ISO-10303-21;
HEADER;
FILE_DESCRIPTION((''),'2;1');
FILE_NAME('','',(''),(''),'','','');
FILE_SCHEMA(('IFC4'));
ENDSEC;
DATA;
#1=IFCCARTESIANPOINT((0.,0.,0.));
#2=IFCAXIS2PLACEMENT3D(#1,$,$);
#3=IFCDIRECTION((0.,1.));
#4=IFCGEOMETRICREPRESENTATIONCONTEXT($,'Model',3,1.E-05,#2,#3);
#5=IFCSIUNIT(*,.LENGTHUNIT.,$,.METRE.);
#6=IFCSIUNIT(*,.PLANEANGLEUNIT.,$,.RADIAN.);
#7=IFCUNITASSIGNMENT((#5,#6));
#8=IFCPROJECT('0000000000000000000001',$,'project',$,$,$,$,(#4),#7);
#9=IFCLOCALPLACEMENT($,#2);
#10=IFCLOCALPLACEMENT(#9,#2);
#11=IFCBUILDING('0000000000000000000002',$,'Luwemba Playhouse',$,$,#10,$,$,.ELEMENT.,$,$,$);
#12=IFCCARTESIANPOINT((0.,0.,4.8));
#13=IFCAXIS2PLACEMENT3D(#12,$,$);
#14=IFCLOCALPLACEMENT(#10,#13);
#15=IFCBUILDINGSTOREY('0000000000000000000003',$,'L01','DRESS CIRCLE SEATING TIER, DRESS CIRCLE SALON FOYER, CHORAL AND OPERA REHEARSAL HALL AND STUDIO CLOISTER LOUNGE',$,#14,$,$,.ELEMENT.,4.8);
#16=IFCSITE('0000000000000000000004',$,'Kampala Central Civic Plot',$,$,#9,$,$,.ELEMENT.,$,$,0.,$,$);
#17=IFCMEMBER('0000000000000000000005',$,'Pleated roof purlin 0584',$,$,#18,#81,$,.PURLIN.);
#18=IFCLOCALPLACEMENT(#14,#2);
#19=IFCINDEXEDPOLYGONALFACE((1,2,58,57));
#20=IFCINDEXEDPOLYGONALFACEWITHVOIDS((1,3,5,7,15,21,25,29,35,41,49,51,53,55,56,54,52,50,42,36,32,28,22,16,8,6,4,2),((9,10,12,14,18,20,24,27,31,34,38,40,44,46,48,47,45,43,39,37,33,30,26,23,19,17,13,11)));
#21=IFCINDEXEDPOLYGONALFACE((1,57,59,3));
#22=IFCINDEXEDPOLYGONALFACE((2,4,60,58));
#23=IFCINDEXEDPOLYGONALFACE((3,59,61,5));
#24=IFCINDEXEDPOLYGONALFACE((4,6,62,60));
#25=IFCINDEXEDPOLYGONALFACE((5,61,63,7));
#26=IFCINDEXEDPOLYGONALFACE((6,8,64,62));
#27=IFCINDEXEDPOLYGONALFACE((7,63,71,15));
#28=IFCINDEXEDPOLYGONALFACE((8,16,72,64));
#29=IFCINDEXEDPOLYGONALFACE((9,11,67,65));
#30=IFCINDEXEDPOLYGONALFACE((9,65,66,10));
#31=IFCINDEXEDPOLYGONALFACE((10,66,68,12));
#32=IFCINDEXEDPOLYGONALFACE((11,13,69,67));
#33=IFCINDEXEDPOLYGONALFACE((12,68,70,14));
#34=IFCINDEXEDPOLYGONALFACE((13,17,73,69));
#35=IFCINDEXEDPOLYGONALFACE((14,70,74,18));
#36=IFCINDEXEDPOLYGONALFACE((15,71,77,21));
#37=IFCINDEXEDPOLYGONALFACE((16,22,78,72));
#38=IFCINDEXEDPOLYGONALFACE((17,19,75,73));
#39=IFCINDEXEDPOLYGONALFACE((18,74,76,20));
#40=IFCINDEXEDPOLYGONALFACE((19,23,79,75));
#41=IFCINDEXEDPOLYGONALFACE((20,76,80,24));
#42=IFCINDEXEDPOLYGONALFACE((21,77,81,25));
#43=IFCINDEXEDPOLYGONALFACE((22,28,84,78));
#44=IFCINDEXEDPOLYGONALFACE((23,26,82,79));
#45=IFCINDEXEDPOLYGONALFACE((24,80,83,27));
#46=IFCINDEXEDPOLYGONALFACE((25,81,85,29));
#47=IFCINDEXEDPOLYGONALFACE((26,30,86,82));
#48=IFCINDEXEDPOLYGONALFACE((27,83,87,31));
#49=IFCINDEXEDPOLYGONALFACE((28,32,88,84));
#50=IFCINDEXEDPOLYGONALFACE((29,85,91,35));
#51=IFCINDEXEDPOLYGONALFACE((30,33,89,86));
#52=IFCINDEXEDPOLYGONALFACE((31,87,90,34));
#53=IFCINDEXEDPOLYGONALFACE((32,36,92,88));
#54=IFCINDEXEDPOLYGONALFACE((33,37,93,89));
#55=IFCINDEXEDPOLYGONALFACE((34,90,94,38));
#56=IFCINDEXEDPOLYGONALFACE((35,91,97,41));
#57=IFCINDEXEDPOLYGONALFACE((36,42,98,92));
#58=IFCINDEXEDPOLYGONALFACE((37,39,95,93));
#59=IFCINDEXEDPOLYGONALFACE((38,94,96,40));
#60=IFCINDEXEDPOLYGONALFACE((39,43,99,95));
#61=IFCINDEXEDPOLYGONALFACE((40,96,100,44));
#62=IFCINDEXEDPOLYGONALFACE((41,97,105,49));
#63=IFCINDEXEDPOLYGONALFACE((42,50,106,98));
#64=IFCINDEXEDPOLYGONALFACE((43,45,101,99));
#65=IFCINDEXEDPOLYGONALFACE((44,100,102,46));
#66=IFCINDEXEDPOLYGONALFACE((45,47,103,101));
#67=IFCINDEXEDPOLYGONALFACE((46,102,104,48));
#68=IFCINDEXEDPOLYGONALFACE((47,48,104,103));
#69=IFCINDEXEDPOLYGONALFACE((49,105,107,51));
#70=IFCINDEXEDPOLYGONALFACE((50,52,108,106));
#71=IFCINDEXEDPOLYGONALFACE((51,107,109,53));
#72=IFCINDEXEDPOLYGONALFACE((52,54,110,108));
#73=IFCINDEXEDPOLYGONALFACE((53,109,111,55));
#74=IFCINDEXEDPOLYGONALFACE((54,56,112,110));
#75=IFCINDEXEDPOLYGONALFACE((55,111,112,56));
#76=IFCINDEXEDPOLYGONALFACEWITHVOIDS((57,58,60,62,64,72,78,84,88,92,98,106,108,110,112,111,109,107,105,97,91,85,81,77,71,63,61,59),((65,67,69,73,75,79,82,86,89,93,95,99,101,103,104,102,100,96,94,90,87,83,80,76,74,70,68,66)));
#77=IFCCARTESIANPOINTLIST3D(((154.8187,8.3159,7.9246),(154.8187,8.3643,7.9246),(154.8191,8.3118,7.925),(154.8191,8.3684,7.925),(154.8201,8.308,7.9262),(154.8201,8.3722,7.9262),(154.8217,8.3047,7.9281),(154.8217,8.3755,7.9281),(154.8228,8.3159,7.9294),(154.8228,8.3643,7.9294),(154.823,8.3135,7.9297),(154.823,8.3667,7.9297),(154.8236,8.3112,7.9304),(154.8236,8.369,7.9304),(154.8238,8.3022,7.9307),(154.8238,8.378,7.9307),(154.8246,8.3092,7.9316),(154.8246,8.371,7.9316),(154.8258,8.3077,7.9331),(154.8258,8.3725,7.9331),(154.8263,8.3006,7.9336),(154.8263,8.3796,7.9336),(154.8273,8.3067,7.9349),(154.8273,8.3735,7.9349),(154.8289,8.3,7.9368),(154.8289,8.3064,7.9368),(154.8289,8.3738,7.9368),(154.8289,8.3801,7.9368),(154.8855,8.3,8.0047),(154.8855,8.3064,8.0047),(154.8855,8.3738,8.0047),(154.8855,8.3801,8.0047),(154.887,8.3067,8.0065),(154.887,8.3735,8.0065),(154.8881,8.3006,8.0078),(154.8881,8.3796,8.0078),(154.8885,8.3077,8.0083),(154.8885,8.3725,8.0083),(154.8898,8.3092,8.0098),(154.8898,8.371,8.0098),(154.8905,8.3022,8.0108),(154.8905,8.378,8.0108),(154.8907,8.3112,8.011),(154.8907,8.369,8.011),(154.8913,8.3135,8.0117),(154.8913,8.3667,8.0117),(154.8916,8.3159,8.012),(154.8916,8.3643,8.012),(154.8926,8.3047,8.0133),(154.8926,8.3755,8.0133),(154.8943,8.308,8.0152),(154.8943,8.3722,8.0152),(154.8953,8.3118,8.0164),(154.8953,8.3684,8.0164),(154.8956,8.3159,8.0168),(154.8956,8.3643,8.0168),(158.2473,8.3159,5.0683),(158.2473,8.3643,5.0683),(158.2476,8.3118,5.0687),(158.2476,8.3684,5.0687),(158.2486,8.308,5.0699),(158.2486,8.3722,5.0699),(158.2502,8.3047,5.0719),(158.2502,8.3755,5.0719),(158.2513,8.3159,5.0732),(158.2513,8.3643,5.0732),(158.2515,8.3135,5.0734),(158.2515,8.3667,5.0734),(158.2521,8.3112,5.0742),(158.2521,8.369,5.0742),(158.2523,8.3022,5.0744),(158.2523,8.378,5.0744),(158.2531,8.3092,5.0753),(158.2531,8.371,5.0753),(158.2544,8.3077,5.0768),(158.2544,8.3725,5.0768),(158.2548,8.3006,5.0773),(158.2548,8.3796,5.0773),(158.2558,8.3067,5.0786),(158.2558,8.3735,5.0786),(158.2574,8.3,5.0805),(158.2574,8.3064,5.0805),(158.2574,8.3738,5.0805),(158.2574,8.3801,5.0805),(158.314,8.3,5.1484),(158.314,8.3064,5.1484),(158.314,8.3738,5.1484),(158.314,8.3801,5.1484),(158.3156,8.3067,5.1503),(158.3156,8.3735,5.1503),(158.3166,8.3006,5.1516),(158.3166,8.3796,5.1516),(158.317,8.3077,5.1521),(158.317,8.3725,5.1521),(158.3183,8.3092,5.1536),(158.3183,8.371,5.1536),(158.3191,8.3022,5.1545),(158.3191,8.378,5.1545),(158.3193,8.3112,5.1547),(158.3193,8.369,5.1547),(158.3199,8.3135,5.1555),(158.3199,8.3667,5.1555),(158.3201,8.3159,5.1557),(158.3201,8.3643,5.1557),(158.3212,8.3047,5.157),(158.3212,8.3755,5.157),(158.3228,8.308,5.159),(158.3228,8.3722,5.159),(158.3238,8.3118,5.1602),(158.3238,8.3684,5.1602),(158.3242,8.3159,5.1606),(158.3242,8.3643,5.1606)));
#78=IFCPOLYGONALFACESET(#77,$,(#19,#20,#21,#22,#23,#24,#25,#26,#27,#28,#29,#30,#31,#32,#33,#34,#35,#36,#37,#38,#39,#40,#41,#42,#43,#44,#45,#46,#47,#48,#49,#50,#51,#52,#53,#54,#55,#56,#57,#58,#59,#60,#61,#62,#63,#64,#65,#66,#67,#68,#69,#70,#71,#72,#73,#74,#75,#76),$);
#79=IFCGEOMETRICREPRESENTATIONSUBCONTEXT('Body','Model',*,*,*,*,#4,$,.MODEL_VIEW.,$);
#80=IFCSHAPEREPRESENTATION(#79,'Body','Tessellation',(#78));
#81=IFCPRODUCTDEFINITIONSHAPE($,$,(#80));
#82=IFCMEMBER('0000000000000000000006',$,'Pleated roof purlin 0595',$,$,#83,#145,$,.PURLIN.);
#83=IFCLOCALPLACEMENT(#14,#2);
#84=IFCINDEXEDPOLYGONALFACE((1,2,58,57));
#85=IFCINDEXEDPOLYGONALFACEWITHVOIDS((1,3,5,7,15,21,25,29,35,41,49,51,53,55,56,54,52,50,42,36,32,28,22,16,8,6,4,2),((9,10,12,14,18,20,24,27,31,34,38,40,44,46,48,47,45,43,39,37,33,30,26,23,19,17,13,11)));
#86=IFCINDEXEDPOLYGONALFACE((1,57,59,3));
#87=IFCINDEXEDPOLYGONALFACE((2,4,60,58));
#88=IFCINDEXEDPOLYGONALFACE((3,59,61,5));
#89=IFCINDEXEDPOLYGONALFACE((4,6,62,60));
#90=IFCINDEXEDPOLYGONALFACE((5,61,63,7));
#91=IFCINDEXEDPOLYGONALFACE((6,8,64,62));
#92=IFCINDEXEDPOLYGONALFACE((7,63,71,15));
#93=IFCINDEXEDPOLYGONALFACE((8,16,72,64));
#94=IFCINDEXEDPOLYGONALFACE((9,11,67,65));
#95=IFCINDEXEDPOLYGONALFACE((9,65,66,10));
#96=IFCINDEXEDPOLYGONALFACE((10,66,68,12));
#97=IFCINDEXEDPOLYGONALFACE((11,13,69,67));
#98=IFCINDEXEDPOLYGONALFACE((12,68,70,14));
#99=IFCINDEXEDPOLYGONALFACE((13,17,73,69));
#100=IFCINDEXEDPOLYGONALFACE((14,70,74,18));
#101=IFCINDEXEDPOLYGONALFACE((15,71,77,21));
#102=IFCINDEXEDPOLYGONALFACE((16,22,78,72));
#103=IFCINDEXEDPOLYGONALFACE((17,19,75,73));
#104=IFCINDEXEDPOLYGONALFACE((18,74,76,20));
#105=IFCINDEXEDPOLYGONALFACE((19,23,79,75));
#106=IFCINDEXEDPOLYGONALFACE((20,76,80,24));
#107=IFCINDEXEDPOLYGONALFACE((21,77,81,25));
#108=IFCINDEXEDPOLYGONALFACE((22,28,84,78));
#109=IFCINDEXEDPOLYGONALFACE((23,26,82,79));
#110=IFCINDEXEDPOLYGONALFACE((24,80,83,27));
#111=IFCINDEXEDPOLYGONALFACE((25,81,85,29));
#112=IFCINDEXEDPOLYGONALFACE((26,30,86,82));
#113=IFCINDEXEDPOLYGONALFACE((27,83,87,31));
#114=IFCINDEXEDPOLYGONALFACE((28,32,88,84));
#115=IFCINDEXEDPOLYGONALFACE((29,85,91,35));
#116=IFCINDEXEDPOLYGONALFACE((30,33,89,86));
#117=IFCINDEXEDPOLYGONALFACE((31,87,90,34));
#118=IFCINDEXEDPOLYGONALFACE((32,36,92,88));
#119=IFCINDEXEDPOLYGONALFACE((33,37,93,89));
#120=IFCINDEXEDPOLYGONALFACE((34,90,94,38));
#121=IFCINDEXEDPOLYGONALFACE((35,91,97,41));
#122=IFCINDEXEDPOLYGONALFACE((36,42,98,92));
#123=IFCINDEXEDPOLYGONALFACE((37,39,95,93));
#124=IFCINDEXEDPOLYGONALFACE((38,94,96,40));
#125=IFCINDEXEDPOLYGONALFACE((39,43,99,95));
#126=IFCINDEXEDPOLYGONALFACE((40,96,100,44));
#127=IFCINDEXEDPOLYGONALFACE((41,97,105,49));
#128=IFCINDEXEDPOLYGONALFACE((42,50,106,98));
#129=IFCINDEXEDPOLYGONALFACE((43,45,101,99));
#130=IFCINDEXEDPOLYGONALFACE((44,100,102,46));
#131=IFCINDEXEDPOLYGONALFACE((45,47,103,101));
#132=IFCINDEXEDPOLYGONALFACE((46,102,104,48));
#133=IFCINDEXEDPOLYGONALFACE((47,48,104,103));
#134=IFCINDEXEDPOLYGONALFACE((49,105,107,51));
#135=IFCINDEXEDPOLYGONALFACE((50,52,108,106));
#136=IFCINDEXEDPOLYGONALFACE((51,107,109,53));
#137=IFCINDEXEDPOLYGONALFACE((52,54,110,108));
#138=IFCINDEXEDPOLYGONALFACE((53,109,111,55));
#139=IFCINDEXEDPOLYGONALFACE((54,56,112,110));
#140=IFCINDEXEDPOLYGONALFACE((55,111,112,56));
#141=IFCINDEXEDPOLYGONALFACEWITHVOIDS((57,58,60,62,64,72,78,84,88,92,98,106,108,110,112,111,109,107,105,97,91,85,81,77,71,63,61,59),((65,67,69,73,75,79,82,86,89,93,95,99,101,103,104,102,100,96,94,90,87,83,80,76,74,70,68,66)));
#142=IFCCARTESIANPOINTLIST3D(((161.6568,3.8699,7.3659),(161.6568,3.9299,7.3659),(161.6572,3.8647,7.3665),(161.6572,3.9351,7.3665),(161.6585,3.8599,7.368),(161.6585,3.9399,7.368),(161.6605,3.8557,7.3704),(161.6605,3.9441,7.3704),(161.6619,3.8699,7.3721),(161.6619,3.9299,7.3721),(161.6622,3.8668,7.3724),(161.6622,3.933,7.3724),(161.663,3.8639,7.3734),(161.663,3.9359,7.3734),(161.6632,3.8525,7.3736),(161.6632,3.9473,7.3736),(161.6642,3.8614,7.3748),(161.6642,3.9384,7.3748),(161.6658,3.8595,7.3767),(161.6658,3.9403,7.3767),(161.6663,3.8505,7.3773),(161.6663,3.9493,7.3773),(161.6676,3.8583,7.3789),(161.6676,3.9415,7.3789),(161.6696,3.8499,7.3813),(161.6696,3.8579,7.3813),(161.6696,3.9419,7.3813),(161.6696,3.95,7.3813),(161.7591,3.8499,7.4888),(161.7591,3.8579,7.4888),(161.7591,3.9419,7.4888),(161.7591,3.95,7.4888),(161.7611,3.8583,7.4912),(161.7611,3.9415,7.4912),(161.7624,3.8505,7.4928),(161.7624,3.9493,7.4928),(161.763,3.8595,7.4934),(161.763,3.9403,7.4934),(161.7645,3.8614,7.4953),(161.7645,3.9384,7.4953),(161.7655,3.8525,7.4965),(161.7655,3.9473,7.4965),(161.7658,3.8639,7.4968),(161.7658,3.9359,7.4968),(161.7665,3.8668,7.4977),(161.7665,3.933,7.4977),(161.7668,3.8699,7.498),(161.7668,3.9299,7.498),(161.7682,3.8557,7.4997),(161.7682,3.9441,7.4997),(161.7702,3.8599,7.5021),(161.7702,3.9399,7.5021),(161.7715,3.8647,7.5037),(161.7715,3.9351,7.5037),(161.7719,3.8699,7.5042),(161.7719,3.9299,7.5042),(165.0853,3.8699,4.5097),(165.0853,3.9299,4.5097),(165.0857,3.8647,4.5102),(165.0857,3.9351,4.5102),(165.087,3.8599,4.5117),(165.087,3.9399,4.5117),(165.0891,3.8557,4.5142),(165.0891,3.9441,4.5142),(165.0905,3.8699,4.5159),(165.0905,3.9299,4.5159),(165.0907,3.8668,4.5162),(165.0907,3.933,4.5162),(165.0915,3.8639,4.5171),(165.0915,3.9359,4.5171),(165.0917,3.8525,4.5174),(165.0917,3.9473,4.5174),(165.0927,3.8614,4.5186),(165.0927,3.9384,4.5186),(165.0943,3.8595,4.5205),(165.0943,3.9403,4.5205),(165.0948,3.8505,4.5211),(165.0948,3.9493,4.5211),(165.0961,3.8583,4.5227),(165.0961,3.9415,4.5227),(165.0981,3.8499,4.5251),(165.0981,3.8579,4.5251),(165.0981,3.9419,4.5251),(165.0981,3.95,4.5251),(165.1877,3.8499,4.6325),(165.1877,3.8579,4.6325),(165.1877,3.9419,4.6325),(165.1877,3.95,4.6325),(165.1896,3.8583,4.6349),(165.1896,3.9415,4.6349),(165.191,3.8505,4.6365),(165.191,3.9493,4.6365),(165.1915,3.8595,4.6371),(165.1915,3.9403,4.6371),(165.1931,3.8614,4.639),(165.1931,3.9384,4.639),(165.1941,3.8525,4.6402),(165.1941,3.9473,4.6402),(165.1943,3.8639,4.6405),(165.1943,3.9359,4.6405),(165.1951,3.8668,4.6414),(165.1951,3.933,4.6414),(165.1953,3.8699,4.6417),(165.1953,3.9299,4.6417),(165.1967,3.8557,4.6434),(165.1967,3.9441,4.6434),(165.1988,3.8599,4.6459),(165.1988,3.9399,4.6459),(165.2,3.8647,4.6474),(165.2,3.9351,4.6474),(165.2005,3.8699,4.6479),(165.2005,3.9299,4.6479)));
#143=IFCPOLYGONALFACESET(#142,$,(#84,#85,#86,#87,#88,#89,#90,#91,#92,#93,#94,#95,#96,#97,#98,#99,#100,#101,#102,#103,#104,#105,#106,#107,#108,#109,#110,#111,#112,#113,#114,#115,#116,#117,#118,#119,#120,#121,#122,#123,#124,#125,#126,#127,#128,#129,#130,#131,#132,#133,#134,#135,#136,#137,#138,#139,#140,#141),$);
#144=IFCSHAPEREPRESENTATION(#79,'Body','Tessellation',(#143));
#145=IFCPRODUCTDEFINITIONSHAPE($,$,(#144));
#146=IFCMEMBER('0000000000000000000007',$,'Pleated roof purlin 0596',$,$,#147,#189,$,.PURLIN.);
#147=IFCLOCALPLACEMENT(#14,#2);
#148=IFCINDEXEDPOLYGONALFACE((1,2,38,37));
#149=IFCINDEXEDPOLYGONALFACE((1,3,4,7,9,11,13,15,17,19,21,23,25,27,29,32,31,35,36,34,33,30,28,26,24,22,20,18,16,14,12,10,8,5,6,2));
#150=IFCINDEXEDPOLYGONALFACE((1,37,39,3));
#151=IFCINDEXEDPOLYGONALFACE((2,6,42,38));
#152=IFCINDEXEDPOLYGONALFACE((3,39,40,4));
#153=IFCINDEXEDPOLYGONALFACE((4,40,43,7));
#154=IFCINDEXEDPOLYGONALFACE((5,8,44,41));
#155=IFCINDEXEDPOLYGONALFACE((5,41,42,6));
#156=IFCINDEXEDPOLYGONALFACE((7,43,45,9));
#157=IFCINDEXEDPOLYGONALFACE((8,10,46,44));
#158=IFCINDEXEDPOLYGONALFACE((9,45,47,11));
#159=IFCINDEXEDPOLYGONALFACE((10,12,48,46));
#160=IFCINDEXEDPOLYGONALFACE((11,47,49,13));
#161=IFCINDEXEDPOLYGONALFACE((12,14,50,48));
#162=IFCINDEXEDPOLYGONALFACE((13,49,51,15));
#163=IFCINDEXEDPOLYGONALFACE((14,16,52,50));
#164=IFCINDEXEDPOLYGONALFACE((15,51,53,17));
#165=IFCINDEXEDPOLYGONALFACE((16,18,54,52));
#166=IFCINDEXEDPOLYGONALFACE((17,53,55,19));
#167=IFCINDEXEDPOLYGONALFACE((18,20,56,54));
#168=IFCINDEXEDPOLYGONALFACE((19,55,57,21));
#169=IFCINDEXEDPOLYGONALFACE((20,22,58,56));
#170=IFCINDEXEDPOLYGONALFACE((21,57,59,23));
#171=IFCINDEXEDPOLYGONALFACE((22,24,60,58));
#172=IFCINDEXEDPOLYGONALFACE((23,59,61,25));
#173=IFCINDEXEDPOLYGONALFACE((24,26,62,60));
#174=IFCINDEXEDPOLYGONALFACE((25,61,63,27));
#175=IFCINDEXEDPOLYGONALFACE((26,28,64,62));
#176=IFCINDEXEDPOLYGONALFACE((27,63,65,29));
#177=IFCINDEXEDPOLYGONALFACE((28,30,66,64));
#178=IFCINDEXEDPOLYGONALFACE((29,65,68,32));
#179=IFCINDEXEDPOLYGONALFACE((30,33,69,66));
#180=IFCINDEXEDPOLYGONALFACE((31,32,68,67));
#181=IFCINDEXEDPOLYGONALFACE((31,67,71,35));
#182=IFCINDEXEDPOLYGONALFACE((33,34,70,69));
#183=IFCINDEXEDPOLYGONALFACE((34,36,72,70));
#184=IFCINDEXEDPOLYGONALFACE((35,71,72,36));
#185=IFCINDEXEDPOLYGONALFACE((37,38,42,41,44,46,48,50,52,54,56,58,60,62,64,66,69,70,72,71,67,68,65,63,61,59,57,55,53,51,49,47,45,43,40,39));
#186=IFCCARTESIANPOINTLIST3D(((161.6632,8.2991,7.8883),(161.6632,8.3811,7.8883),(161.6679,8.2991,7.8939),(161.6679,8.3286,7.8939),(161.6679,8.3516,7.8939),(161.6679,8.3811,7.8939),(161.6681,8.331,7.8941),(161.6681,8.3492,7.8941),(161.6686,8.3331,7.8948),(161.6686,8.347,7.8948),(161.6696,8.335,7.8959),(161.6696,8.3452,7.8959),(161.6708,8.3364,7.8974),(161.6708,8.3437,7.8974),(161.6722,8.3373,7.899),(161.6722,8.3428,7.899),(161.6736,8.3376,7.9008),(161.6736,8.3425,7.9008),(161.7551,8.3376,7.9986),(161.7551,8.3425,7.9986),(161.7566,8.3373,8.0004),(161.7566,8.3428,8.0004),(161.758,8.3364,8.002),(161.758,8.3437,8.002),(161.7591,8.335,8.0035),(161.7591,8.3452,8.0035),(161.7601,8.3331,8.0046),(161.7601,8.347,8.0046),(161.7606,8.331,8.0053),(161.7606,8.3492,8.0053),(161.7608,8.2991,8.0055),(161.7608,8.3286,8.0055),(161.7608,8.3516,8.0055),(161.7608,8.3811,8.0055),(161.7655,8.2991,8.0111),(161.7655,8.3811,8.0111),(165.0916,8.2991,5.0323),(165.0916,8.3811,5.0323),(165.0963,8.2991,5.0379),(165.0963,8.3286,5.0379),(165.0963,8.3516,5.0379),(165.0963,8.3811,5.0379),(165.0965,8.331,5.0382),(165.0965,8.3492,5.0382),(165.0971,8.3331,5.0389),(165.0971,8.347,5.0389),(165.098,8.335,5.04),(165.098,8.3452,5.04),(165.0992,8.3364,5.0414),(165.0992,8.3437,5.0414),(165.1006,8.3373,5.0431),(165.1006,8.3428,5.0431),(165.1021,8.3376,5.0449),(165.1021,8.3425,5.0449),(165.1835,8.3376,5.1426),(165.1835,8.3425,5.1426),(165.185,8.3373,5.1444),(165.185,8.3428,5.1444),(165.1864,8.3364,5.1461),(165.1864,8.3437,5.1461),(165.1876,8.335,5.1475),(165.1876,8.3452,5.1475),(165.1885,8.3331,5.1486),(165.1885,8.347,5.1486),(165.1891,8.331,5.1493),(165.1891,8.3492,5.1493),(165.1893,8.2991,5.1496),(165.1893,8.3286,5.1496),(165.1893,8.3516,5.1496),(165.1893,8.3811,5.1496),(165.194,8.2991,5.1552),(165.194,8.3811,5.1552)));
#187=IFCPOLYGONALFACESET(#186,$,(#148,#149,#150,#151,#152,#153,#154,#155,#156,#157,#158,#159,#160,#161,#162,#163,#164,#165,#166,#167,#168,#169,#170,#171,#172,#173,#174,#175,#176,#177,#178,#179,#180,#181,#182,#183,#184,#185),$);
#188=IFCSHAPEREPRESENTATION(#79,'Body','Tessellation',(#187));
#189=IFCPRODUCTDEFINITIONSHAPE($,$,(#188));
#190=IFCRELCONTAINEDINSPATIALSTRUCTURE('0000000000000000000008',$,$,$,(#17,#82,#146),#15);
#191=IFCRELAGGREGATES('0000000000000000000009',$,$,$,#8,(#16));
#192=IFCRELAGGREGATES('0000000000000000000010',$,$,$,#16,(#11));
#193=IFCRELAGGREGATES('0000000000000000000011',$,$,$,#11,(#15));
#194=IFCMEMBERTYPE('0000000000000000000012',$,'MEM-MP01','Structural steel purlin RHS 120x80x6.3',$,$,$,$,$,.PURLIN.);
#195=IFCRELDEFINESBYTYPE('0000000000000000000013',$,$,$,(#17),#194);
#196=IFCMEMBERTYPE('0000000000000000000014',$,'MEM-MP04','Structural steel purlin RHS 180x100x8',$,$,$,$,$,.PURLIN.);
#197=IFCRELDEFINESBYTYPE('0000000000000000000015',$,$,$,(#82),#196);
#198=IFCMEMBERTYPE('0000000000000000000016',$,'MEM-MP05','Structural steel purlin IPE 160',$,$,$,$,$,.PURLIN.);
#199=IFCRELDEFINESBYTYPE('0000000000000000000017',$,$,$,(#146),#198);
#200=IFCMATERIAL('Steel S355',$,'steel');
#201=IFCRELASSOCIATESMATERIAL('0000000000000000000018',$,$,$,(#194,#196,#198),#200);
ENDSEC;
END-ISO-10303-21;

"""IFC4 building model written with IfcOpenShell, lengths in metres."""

from ifc_helpers import new_model, si_unit, direction, frame, origin, origin_2d, place, context, subcontext, project, spatial, hollow_rectangle, i_section, extrude, material, material_profile, profile_set, type_object, element, save


model = new_model("IFC4")

# Units and contexts
model_context = context("Model", 3, precision=1e-05, world=origin(), true_north=direction((0.0, 1.0)))
body_context = subcontext(model_context, "Body", "Model", "MODEL_VIEW")
ifc_project = project(units=[si_unit("LENGTHUNIT", "METRE"), si_unit("PLANEANGLEUNIT", "RADIAN")], contexts=[model_context])

# Site, building, storey
site_placement = place(None, origin())
site = spatial("IfcSite", under=ifc_project, at=site_placement, Name="Kampala Central Civic Plot", CompositionType="ELEMENT", RefElevation=0.0)
building_placement = place(site_placement, origin())
building = spatial("IfcBuilding", under=site, at=building_placement, Name="Luwemba Playhouse", CompositionType="ELEMENT")
storey_placement = place(building_placement, frame((0.0, 0.0, 4.8)))
storey = spatial("IfcBuildingStorey", under=building, at=storey_placement, Name="L01", Description="DRESS CIRCLE SEATING TIER, DRESS CIRCLE SALON FOYER, CHORAL AND OPERA REHEARSAL HALL AND STUDIO CLOISTER LOUNGE", CompositionType="ELEMENT", Elevation=4.8)

# Shared definitions
ifc_material_1 = material(Name="Steel S355", Category="steel")

# Members
ifc_material_profile_1 = material_profile(ifc_material_1, hollow_rectangle(XDim=0.0801, YDim=0.1201, WallThickness=0.0063, InnerFilletRadius=0.0095, OuterFilletRadius=0.0159, at=origin_2d()))
ifc_profile_set_1 = profile_set([ifc_material_profile_1], Name="Steel S355")
member_type_1 = type_object("IfcMemberType", Name="MEM-MP01", Description="Structural steel purlin RHS 120x80x6.3", PredefinedType="PURLIN", material=ifc_profile_set_1)
member_1_placement = place(storey_placement, frame((154.8572, 8.3401, 7.9707), z_axis=(0.768315, 0.0, -0.640071), x_axis=(0.0, 1.0, 0.0)))
element("IfcMember", 1, at=member_1_placement, inside=storey, type_object=member_type_1, Name="Pleated roof purlin 0584", PredefinedType="PURLIN", context=body_context, shape_type="SweptSolid", body=[
    extrude(hollow_rectangle(XDim=0.0801, YDim=0.1201, WallThickness=0.0063, InnerFilletRadius=0.0095, OuterFilletRadius=0.0159, at=origin_2d()), origin(), (0.0, 0.0, 1.0), 4.4624),
])
ifc_material_profile_2 = material_profile(ifc_material_1, hollow_rectangle(XDim=0.1001, YDim=0.1799, WallThickness=0.0081, InnerFilletRadius=0.012, OuterFilletRadius=0.02, at=origin_2d()))
ifc_profile_set_2 = profile_set([ifc_material_profile_2], Name="Steel S355")
member_type_2 = type_object("IfcMemberType", Name="MEM-MP04", Description="Structural steel purlin RHS 180x100x8", PredefinedType="PURLIN", material=ifc_profile_set_2)
member_2_placement = place(storey_placement, frame((161.7144, 3.8999, 7.4351), z_axis=(0.768315, 0.0, -0.640071), x_axis=(0.0, 1.0, 0.0)))
element("IfcMember", 2, at=member_2_placement, inside=storey, type_object=member_type_2, Name="Pleated roof purlin 0595", PredefinedType="PURLIN", context=body_context, shape_type="SweptSolid", body=[
    extrude(hollow_rectangle(XDim=0.1001, YDim=0.1799, WallThickness=0.0081, InnerFilletRadius=0.012, OuterFilletRadius=0.02, at=origin_2d()), origin(), (0.0, 0.0, 1.0), 4.4624),
])
ifc_material_profile_3 = material_profile(ifc_material_1, i_section(OverallWidth=0.082, OverallDepth=0.1599, WebThickness=0.0049, FlangeThickness=0.0073, FilletRadius=0.009, at=origin_2d()))
ifc_profile_set_3 = profile_set([ifc_material_profile_3], Name="Steel S355")
member_type_3 = type_object("IfcMemberType", Name="MEM-MP05", Description="Structural steel purlin IPE 160", PredefinedType="PURLIN", material=ifc_profile_set_3)
member_3_placement = place(storey_placement, frame((161.7144, 8.3401, 7.9497), z_axis=(0.768342, 0.0, -0.640039), x_axis=(0.0, 1.0, 0.0)))
element("IfcMember", 3, at=member_3_placement, inside=storey, type_object=member_type_3, Name="Pleated roof purlin 0596", PredefinedType="PURLIN", context=body_context, shape_type="SweptSolid", body=[
    extrude(i_section(OverallWidth=0.082, OverallDepth=0.1599, WebThickness=0.0049, FlangeThickness=0.0073, FilletRadius=0.009, at=origin_2d()), origin(), (0.0, 0.0, 1.0), 4.4622),
])

save(model, "model.ifc")
